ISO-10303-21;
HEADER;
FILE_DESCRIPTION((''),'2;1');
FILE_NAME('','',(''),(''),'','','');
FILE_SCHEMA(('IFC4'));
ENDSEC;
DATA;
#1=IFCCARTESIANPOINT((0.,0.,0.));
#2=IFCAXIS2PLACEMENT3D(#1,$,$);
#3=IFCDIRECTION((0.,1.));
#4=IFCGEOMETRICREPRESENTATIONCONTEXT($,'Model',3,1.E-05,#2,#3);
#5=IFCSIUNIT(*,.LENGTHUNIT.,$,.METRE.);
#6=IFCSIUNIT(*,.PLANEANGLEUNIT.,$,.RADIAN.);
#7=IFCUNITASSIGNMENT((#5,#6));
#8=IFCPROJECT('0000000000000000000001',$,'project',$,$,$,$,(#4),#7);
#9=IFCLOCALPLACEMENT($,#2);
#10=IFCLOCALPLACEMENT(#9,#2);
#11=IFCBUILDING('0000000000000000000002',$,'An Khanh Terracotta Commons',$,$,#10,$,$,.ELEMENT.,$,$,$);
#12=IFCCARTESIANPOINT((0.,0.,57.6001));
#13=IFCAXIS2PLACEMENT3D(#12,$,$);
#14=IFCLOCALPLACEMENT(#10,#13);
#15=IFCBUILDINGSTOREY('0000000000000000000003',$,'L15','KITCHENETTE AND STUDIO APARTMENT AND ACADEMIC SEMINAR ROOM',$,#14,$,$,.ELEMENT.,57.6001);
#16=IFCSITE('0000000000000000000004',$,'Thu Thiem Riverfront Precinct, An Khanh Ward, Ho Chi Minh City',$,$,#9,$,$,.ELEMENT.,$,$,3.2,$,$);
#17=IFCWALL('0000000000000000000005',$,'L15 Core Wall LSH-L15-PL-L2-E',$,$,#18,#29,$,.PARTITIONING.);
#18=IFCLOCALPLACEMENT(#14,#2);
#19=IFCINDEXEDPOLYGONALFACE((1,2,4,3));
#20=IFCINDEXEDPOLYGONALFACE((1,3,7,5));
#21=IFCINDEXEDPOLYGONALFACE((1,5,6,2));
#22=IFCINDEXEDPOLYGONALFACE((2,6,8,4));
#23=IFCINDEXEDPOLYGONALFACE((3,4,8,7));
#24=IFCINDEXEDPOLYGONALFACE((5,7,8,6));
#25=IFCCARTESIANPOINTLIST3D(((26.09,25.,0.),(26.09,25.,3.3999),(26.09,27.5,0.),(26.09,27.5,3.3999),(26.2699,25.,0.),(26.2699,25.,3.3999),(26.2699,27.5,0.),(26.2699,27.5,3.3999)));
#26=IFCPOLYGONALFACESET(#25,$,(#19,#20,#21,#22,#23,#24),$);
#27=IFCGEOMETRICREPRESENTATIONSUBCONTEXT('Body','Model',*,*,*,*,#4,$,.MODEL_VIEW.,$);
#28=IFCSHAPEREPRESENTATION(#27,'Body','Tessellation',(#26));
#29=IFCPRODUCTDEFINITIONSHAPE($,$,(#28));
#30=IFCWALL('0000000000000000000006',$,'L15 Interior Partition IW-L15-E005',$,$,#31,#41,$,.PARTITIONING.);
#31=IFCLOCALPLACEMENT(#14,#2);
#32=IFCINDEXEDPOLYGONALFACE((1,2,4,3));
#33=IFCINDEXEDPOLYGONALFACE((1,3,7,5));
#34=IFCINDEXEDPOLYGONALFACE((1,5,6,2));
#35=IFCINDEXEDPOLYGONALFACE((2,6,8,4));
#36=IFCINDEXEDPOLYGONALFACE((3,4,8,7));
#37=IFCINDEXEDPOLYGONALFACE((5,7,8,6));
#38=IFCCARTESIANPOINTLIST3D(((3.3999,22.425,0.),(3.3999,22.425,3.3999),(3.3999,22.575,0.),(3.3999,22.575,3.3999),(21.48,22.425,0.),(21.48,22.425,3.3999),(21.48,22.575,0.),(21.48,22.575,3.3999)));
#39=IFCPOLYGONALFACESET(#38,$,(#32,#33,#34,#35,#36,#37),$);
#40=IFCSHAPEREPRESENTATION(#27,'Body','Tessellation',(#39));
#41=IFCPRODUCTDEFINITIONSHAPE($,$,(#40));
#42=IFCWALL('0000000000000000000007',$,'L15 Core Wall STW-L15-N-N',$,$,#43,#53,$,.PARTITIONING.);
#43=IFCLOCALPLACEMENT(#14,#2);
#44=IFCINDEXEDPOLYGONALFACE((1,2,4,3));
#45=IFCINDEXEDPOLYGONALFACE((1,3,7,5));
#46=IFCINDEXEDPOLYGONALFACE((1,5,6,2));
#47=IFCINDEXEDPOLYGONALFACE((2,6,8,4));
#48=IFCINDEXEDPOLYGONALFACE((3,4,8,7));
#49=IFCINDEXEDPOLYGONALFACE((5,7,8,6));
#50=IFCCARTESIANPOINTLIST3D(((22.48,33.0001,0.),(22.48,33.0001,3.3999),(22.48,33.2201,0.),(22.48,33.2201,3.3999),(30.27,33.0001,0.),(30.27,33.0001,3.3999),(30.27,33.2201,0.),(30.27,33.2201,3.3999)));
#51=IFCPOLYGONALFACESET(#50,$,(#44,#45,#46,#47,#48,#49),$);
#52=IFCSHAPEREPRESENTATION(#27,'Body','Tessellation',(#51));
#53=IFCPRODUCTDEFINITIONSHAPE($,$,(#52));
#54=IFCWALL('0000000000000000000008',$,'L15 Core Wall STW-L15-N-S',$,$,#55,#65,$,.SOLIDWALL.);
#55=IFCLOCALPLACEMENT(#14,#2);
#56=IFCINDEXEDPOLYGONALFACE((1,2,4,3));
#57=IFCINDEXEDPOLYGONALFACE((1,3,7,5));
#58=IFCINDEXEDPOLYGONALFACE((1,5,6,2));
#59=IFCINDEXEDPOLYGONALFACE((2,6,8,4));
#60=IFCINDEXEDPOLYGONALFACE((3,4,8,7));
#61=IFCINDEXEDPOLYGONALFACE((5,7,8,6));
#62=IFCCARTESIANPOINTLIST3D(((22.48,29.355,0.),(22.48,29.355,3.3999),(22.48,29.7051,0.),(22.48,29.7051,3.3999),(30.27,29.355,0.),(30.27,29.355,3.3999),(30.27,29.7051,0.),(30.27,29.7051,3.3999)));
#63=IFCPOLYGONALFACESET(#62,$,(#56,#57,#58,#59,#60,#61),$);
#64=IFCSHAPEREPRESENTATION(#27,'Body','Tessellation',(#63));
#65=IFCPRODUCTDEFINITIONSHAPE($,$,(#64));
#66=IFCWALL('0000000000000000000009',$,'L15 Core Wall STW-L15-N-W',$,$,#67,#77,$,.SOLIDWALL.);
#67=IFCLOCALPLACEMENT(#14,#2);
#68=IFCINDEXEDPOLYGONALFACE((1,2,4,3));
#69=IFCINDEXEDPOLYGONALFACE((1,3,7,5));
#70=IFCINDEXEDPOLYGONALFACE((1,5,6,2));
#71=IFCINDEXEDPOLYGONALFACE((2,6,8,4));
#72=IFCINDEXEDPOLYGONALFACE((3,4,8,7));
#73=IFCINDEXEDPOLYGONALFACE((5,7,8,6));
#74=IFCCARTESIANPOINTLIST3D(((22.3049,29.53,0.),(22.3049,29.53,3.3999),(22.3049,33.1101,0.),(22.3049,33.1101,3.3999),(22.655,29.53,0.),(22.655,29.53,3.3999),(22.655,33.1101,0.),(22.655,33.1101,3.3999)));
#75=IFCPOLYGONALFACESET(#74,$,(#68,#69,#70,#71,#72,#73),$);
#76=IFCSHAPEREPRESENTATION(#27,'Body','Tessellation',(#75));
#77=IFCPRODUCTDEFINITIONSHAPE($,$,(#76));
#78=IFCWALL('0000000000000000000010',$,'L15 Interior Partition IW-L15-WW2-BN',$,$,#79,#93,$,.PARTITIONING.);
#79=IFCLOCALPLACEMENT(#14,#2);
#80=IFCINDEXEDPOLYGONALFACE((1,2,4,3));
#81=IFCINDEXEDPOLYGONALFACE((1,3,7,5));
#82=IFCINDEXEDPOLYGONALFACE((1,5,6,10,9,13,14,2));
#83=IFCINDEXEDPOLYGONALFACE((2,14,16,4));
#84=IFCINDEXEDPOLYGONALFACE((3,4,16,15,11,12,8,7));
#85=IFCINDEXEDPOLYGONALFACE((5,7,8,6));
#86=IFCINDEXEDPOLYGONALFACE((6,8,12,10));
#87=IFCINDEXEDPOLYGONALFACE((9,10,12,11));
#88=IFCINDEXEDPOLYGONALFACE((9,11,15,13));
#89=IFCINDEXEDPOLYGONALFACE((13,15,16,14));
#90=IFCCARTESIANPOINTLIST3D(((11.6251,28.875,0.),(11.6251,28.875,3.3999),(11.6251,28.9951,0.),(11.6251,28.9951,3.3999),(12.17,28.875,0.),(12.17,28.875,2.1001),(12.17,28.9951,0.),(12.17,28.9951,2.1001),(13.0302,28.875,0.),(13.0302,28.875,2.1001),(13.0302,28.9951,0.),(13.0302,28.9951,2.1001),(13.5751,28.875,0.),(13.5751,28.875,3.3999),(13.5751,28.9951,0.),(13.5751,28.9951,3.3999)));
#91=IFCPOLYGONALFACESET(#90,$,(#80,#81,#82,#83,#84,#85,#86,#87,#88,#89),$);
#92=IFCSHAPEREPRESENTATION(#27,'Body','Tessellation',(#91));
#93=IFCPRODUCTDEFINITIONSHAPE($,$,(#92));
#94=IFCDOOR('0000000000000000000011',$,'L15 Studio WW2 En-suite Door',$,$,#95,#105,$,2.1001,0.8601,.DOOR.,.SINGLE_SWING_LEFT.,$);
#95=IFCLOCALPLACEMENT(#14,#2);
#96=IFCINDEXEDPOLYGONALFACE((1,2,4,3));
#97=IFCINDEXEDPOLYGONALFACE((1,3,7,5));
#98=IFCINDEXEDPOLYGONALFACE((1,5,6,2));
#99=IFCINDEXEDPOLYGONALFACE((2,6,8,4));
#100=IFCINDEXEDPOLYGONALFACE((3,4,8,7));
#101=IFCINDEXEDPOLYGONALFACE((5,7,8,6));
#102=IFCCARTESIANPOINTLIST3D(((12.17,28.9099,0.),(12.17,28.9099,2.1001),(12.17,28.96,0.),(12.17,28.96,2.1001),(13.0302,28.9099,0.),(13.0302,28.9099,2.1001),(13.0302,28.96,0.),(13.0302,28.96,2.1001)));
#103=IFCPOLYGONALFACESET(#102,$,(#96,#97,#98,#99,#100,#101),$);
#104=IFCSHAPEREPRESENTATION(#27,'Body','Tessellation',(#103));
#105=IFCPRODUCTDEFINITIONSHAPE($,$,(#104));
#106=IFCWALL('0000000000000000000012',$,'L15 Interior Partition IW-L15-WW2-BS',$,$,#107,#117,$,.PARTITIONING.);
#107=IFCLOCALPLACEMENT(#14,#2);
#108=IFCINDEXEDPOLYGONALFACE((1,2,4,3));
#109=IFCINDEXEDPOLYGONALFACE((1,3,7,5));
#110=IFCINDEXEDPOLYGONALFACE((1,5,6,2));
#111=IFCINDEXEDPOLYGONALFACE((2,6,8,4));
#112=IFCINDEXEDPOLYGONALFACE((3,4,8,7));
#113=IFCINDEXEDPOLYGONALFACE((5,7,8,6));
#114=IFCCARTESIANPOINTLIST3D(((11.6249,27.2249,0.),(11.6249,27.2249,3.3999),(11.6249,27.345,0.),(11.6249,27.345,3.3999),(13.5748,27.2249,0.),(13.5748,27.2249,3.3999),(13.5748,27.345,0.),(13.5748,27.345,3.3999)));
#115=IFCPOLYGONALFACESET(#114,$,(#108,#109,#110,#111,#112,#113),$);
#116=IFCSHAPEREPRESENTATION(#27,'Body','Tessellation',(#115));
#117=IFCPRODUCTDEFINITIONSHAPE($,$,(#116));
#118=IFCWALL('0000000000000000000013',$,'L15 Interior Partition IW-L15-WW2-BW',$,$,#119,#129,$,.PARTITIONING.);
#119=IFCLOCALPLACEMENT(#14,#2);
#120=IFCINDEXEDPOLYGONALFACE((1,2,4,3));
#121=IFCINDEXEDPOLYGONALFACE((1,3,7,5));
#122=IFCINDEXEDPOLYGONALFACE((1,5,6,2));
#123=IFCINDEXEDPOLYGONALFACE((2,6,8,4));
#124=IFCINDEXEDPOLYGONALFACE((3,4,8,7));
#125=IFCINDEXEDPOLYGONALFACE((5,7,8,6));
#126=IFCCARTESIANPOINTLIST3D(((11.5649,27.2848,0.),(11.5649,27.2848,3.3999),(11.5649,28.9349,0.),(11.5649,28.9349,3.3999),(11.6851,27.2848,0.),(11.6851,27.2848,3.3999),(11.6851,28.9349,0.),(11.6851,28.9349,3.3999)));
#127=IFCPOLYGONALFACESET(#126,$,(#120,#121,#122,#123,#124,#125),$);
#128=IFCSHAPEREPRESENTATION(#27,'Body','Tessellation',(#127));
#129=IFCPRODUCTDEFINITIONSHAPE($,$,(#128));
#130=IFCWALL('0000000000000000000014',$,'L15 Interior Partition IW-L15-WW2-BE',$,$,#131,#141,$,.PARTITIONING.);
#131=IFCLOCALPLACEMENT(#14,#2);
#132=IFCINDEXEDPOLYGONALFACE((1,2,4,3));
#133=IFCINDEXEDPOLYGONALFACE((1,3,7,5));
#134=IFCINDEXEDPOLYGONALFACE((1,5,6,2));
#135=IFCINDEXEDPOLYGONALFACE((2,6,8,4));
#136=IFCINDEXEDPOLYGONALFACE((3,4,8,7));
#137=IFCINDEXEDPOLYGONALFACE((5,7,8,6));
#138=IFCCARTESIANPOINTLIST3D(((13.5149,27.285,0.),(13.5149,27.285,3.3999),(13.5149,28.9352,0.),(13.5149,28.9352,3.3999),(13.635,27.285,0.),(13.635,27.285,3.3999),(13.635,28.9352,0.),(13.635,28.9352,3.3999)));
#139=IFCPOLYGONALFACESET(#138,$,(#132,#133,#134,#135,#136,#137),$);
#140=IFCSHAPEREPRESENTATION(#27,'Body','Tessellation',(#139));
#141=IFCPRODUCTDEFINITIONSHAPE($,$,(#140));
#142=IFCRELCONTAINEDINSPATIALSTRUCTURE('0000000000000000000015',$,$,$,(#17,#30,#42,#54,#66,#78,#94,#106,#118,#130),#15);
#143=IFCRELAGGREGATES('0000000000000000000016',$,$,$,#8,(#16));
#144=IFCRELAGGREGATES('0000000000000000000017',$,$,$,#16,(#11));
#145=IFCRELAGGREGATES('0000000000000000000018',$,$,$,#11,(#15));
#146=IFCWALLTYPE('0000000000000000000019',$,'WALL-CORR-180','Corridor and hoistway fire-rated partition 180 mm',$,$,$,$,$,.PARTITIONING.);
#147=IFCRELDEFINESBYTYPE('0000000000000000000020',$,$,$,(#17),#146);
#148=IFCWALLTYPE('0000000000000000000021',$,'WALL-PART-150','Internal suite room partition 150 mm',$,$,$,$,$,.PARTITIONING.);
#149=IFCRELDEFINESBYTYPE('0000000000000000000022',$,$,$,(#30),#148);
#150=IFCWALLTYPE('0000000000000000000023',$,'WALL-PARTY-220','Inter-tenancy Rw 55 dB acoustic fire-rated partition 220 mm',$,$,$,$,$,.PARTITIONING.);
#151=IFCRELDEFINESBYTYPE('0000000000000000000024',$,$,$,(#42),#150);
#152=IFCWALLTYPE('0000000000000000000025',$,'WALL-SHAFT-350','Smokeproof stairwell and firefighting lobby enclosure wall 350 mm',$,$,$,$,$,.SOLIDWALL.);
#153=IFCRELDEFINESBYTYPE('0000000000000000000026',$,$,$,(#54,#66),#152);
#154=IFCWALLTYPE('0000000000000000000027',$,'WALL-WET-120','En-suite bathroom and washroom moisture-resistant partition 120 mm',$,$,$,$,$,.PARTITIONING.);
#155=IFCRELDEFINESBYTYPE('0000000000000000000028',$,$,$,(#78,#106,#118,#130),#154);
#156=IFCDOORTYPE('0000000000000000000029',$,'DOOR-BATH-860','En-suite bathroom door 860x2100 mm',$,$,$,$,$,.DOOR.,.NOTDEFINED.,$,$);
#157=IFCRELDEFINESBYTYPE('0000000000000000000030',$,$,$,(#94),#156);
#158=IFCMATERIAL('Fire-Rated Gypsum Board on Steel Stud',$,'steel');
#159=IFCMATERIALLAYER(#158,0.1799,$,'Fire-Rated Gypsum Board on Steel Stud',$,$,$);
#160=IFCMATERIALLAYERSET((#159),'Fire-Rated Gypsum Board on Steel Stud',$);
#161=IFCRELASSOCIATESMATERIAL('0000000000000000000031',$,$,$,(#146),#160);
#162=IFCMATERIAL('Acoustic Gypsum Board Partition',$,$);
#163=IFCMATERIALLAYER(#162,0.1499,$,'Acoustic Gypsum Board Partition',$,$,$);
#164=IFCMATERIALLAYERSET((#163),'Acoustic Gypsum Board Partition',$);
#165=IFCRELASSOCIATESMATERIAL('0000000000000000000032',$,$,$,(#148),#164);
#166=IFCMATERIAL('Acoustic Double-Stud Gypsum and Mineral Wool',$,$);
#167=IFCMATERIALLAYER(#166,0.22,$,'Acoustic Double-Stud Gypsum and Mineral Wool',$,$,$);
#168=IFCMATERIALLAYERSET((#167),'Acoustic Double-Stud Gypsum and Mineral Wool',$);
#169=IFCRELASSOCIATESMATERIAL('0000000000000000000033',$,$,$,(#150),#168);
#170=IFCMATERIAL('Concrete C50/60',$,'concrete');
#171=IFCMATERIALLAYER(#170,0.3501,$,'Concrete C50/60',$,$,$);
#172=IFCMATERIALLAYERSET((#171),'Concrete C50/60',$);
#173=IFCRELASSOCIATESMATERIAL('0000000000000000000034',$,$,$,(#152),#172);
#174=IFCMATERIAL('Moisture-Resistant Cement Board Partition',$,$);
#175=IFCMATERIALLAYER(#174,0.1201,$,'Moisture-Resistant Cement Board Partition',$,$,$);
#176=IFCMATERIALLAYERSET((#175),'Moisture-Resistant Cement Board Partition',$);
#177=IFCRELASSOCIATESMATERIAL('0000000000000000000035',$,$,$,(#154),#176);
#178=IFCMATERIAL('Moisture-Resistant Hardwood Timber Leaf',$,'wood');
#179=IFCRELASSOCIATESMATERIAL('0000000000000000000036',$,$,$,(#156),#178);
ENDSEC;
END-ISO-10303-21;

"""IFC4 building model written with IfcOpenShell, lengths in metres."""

from ifc_helpers import new_model, si_unit, direction, frame, frame_2d, origin, place, context, subcontext, project, spatial, rectangle, extrude, material, layer, layer_set, type_object, element, fill, save


model = new_model("IFC4")

# Units and contexts
model_context = context("Model", 3, precision=1e-05, world=origin(), true_north=direction((0.0, 1.0)))
body_context = subcontext(model_context, "Body", "Model", "MODEL_VIEW")
ifc_project = project(units=[si_unit("LENGTHUNIT", "METRE"), si_unit("PLANEANGLEUNIT", "RADIAN")], contexts=[model_context])

# Site, building, storey
site_placement = place(None, origin())
site = spatial("IfcSite", under=ifc_project, at=site_placement, Name="Thu Thiem Riverfront Precinct, An Khanh Ward, Ho Chi Minh City", CompositionType="ELEMENT", RefElevation=3.2)
building_placement = place(site_placement, origin())
building = spatial("IfcBuilding", under=site, at=building_placement, Name="An Khanh Terracotta Commons", CompositionType="ELEMENT")
storey_placement = place(building_placement, frame((0.0, 0.0, 57.6001)))
storey = spatial("IfcBuildingStorey", under=building, at=storey_placement, Name="L15", Description="KITCHENETTE AND STUDIO APARTMENT AND ACADEMIC SEMINAR ROOM", CompositionType="ELEMENT", Elevation=57.6001)

# Shared definitions
ifc_material_1 = material(Name="Fire-Rated Gypsum Board on Steel Stud", Category="steel")
ifc_layer_1 = layer(ifc_material_1, 0.1799, Name="Fire-Rated Gypsum Board on Steel Stud")
ifc_layer_set_1 = layer_set([ifc_layer_1], Name="Fire-Rated Gypsum Board on Steel Stud")
wall_type_1 = type_object("IfcWallType", Name="WALL-CORR-180", Description="Corridor and hoistway fire-rated partition 180 mm", PredefinedType="PARTITIONING", material=ifc_layer_set_1)

# Walls
wall_1_placement = place(storey_placement, frame((26.1799, 25.0, 0.0), z_axis=(0.0, 0.0, 1.0), x_axis=(0.0, 1.0, 0.0)))
element("IfcWall", 1, at=wall_1_placement, inside=storey, type_object=wall_type_1, Name="L15 Core Wall LSH-L15-PL-L2-E", PredefinedType="PARTITIONING", context=body_context, shape_type="SweptSolid", body=[
    extrude(rectangle(XDim=2.5, YDim=0.1799, at=frame_2d((1.25, 0.0))), origin(), (0.0, 0.0, 1.0), 3.3999),
])
ifc_material_2 = material(Name="Acoustic Gypsum Board Partition")
ifc_layer_2 = layer(ifc_material_2, 0.1499, Name="Acoustic Gypsum Board Partition")
ifc_layer_set_2 = layer_set([ifc_layer_2], Name="Acoustic Gypsum Board Partition")
wall_type_2 = type_object("IfcWallType", Name="WALL-PART-150", Description="Internal suite room partition 150 mm", PredefinedType="PARTITIONING", material=ifc_layer_set_2)
wall_2_placement = place(storey_placement, frame((3.3999, 22.5, 0.0), z_axis=(0.0, 0.0, 1.0), x_axis=(1.0, 0.0, 0.0)))
element("IfcWall", 2, at=wall_2_placement, inside=storey, type_object=wall_type_2, Name="L15 Interior Partition IW-L15-E005", PredefinedType="PARTITIONING", context=body_context, shape_type="SweptSolid", body=[
    extrude(rectangle(XDim=18.0801, YDim=0.1499, at=frame_2d((9.04, 0.0))), origin(), (0.0, 0.0, 1.0), 3.3999),
])
ifc_material_3 = material(Name="Acoustic Double-Stud Gypsum and Mineral Wool")
ifc_layer_3 = layer(ifc_material_3, 0.22, Name="Acoustic Double-Stud Gypsum and Mineral Wool")
ifc_layer_set_3 = layer_set([ifc_layer_3], Name="Acoustic Double-Stud Gypsum and Mineral Wool")
wall_type_3 = type_object("IfcWallType", Name="WALL-PARTY-220", Description="Inter-tenancy Rw 55 dB acoustic fire-rated partition 220 mm", PredefinedType="PARTITIONING", material=ifc_layer_set_3)
wall_3_placement = place(storey_placement, frame((22.48, 33.1101, 0.0), z_axis=(0.0, 0.0, 1.0), x_axis=(1.0, 0.0, 0.0)))
element("IfcWall", 3, at=wall_3_placement, inside=storey, type_object=wall_type_3, Name="L15 Core Wall STW-L15-N-N", PredefinedType="PARTITIONING", context=body_context, shape_type="SweptSolid", body=[
    extrude(rectangle(XDim=7.79, YDim=0.22, at=frame_2d((3.895, 0.0))), origin(), (0.0, 0.0, 1.0), 3.3999),
])
ifc_material_4 = material(Name="Concrete C50/60", Category="concrete")
ifc_layer_4 = layer(ifc_material_4, 0.3501, Name="Concrete C50/60")
ifc_layer_set_4 = layer_set([ifc_layer_4], Name="Concrete C50/60")
wall_type_4 = type_object("IfcWallType", Name="WALL-SHAFT-350", Description="Smokeproof stairwell and firefighting lobby enclosure wall 350 mm", PredefinedType="SOLIDWALL", material=ifc_layer_set_4)
wall_4_placement = place(storey_placement, frame((22.48, 29.53, 0.0), z_axis=(0.0, 0.0, 1.0), x_axis=(1.0, 0.0, 0.0)))
element("IfcWall", 4, at=wall_4_placement, inside=storey, type_object=wall_type_4, Name="L15 Core Wall STW-L15-N-S", PredefinedType="SOLIDWALL", context=body_context, shape_type="SweptSolid", body=[
    extrude(rectangle(XDim=7.79, YDim=0.3501, at=frame_2d((3.895, 0.0))), origin(), (0.0, 0.0, 1.0), 3.3999),
])
wall_5_placement = place(storey_placement, frame((22.48, 29.53, 0.0), z_axis=(0.0, 0.0, 1.0), x_axis=(0.0, 1.0, 0.0)))
element("IfcWall", 5, at=wall_5_placement, inside=storey, type_object=wall_type_4, Name="L15 Core Wall STW-L15-N-W", PredefinedType="SOLIDWALL", context=body_context, shape_type="SweptSolid", body=[
    extrude(rectangle(XDim=3.5801, YDim=0.3501, at=frame_2d((1.79, 0.0))), origin(), (0.0, 0.0, 1.0), 3.3999),
])

# Wall, opening, door
ifc_material_5 = material(Name="Moisture-Resistant Cement Board Partition")
ifc_layer_5 = layer(ifc_material_5, 0.1201, Name="Moisture-Resistant Cement Board Partition")
ifc_layer_set_5 = layer_set([ifc_layer_5], Name="Moisture-Resistant Cement Board Partition")
wall_type_5 = type_object("IfcWallType", Name="WALL-WET-120", Description="En-suite bathroom and washroom moisture-resistant partition 120 mm", PredefinedType="PARTITIONING", material=ifc_layer_set_5)
wall_6_placement = place(storey_placement, frame((11.625, 28.9351, 0.0), z_axis=(0.0, 0.0, 1.0), x_axis=(1.0, 0.0, 0.0)))
wall_6 = element("IfcWall", 6, at=wall_6_placement, inside=storey, type_object=wall_type_5, Name="L15 Interior Partition IW-L15-WW2-BN", PredefinedType="PARTITIONING", context=body_context, shape_type="SweptSolid", body=[
    extrude(rectangle(XDim=1.95, YDim=0.1201, at=frame_2d((0.9751, 0.0))), origin(), (0.0, 0.0, 1.0), 3.3999),
])
opening_1_placement = place(wall_6_placement, frame((0.5449, 0.0, 0.0)))
opening_1 = element("IfcOpeningElement", 7, at=opening_1_placement, cuts=wall_6, PredefinedType="OPENING", context=body_context, shape_type="SweptSolid", body=[
    extrude(rectangle(XDim=0.8601, YDim=2.1001, at=frame_2d((0.4302, 1.05))), frame((0.0, 0.0701, 0.0), z_axis=(0.0, -1.0, 0.0), x_axis=(1.0, 0.0, 0.0)), (0.0, 0.0, 1.0), 0.1401),
])
ifc_material_6 = material(Name="Moisture-Resistant Hardwood Timber Leaf", Category="wood")
door_type_1 = type_object("IfcDoorType", Name="DOOR-BATH-860", Description="En-suite bathroom door 860x2100 mm", OperationType="NOTDEFINED", PredefinedType="DOOR", material=ifc_material_6)
door_1_placement = place(opening_1_placement, origin())
door_1 = element("IfcDoor", 8, at=door_1_placement, inside=storey, type_object=door_type_1, Name="L15 Studio WW2 En-suite Door", OperationType="SINGLE_SWING_LEFT", OverallHeight=2.1001, OverallWidth=0.8601, PredefinedType="DOOR", context=body_context, shape_type="SweptSolid", body=[
    extrude(rectangle(XDim=0.8601, YDim=2.1001, at=frame_2d((0.4302, 1.05))), frame((0.0, 0.0249, 0.0), z_axis=(0.0, -1.0, 0.0), x_axis=(1.0, 0.0, 0.0)), (0.0, 0.0, 1.0), 0.05),
])
fill(opening_1, door_1)

# Walls
wall_7_placement = place(storey_placement, frame((13.575, 27.2849, 0.0), z_axis=(0.0, 0.0, 1.0), x_axis=(-1.0, 0.0, 0.0)))
element("IfcWall", 9, at=wall_7_placement, inside=storey, type_object=wall_type_5, Name="L15 Interior Partition IW-L15-WW2-BS", PredefinedType="PARTITIONING", context=body_context, shape_type="SweptSolid", body=[
    extrude(rectangle(XDim=1.95, YDim=0.1201, at=frame_2d((0.9751, 0.0))), origin(), (0.0, 0.0, 1.0), 3.3999),
])
for number, where, z_axis, x_axis, name in (
    (10, (11.625, 28.9351, 0.0), (0.0, 0.0, 1.0), (0.0, -1.0, 0.0), "L15 Interior Partition IW-L15-WW2-BW"),
    (11, (13.575, 27.2849, 0.0), (0.0, 0.0, 1.0), (0.0, 1.0, 0.0), "L15 Interior Partition IW-L15-WW2-BE"),
):
    element("IfcWall", number, at=place(storey_placement, frame(where, z_axis=z_axis, x_axis=x_axis)), inside=storey, type_object=wall_type_5, Name=name, PredefinedType="PARTITIONING", context=body_context, shape_type="SweptSolid", body=[
        extrude(rectangle(XDim=1.6501, YDim=0.1201, at=frame_2d((0.8252, 0.0))), origin(), (0.0, 0.0, 1.0), 3.3999),
    ])

save(model, "model.ifc")
